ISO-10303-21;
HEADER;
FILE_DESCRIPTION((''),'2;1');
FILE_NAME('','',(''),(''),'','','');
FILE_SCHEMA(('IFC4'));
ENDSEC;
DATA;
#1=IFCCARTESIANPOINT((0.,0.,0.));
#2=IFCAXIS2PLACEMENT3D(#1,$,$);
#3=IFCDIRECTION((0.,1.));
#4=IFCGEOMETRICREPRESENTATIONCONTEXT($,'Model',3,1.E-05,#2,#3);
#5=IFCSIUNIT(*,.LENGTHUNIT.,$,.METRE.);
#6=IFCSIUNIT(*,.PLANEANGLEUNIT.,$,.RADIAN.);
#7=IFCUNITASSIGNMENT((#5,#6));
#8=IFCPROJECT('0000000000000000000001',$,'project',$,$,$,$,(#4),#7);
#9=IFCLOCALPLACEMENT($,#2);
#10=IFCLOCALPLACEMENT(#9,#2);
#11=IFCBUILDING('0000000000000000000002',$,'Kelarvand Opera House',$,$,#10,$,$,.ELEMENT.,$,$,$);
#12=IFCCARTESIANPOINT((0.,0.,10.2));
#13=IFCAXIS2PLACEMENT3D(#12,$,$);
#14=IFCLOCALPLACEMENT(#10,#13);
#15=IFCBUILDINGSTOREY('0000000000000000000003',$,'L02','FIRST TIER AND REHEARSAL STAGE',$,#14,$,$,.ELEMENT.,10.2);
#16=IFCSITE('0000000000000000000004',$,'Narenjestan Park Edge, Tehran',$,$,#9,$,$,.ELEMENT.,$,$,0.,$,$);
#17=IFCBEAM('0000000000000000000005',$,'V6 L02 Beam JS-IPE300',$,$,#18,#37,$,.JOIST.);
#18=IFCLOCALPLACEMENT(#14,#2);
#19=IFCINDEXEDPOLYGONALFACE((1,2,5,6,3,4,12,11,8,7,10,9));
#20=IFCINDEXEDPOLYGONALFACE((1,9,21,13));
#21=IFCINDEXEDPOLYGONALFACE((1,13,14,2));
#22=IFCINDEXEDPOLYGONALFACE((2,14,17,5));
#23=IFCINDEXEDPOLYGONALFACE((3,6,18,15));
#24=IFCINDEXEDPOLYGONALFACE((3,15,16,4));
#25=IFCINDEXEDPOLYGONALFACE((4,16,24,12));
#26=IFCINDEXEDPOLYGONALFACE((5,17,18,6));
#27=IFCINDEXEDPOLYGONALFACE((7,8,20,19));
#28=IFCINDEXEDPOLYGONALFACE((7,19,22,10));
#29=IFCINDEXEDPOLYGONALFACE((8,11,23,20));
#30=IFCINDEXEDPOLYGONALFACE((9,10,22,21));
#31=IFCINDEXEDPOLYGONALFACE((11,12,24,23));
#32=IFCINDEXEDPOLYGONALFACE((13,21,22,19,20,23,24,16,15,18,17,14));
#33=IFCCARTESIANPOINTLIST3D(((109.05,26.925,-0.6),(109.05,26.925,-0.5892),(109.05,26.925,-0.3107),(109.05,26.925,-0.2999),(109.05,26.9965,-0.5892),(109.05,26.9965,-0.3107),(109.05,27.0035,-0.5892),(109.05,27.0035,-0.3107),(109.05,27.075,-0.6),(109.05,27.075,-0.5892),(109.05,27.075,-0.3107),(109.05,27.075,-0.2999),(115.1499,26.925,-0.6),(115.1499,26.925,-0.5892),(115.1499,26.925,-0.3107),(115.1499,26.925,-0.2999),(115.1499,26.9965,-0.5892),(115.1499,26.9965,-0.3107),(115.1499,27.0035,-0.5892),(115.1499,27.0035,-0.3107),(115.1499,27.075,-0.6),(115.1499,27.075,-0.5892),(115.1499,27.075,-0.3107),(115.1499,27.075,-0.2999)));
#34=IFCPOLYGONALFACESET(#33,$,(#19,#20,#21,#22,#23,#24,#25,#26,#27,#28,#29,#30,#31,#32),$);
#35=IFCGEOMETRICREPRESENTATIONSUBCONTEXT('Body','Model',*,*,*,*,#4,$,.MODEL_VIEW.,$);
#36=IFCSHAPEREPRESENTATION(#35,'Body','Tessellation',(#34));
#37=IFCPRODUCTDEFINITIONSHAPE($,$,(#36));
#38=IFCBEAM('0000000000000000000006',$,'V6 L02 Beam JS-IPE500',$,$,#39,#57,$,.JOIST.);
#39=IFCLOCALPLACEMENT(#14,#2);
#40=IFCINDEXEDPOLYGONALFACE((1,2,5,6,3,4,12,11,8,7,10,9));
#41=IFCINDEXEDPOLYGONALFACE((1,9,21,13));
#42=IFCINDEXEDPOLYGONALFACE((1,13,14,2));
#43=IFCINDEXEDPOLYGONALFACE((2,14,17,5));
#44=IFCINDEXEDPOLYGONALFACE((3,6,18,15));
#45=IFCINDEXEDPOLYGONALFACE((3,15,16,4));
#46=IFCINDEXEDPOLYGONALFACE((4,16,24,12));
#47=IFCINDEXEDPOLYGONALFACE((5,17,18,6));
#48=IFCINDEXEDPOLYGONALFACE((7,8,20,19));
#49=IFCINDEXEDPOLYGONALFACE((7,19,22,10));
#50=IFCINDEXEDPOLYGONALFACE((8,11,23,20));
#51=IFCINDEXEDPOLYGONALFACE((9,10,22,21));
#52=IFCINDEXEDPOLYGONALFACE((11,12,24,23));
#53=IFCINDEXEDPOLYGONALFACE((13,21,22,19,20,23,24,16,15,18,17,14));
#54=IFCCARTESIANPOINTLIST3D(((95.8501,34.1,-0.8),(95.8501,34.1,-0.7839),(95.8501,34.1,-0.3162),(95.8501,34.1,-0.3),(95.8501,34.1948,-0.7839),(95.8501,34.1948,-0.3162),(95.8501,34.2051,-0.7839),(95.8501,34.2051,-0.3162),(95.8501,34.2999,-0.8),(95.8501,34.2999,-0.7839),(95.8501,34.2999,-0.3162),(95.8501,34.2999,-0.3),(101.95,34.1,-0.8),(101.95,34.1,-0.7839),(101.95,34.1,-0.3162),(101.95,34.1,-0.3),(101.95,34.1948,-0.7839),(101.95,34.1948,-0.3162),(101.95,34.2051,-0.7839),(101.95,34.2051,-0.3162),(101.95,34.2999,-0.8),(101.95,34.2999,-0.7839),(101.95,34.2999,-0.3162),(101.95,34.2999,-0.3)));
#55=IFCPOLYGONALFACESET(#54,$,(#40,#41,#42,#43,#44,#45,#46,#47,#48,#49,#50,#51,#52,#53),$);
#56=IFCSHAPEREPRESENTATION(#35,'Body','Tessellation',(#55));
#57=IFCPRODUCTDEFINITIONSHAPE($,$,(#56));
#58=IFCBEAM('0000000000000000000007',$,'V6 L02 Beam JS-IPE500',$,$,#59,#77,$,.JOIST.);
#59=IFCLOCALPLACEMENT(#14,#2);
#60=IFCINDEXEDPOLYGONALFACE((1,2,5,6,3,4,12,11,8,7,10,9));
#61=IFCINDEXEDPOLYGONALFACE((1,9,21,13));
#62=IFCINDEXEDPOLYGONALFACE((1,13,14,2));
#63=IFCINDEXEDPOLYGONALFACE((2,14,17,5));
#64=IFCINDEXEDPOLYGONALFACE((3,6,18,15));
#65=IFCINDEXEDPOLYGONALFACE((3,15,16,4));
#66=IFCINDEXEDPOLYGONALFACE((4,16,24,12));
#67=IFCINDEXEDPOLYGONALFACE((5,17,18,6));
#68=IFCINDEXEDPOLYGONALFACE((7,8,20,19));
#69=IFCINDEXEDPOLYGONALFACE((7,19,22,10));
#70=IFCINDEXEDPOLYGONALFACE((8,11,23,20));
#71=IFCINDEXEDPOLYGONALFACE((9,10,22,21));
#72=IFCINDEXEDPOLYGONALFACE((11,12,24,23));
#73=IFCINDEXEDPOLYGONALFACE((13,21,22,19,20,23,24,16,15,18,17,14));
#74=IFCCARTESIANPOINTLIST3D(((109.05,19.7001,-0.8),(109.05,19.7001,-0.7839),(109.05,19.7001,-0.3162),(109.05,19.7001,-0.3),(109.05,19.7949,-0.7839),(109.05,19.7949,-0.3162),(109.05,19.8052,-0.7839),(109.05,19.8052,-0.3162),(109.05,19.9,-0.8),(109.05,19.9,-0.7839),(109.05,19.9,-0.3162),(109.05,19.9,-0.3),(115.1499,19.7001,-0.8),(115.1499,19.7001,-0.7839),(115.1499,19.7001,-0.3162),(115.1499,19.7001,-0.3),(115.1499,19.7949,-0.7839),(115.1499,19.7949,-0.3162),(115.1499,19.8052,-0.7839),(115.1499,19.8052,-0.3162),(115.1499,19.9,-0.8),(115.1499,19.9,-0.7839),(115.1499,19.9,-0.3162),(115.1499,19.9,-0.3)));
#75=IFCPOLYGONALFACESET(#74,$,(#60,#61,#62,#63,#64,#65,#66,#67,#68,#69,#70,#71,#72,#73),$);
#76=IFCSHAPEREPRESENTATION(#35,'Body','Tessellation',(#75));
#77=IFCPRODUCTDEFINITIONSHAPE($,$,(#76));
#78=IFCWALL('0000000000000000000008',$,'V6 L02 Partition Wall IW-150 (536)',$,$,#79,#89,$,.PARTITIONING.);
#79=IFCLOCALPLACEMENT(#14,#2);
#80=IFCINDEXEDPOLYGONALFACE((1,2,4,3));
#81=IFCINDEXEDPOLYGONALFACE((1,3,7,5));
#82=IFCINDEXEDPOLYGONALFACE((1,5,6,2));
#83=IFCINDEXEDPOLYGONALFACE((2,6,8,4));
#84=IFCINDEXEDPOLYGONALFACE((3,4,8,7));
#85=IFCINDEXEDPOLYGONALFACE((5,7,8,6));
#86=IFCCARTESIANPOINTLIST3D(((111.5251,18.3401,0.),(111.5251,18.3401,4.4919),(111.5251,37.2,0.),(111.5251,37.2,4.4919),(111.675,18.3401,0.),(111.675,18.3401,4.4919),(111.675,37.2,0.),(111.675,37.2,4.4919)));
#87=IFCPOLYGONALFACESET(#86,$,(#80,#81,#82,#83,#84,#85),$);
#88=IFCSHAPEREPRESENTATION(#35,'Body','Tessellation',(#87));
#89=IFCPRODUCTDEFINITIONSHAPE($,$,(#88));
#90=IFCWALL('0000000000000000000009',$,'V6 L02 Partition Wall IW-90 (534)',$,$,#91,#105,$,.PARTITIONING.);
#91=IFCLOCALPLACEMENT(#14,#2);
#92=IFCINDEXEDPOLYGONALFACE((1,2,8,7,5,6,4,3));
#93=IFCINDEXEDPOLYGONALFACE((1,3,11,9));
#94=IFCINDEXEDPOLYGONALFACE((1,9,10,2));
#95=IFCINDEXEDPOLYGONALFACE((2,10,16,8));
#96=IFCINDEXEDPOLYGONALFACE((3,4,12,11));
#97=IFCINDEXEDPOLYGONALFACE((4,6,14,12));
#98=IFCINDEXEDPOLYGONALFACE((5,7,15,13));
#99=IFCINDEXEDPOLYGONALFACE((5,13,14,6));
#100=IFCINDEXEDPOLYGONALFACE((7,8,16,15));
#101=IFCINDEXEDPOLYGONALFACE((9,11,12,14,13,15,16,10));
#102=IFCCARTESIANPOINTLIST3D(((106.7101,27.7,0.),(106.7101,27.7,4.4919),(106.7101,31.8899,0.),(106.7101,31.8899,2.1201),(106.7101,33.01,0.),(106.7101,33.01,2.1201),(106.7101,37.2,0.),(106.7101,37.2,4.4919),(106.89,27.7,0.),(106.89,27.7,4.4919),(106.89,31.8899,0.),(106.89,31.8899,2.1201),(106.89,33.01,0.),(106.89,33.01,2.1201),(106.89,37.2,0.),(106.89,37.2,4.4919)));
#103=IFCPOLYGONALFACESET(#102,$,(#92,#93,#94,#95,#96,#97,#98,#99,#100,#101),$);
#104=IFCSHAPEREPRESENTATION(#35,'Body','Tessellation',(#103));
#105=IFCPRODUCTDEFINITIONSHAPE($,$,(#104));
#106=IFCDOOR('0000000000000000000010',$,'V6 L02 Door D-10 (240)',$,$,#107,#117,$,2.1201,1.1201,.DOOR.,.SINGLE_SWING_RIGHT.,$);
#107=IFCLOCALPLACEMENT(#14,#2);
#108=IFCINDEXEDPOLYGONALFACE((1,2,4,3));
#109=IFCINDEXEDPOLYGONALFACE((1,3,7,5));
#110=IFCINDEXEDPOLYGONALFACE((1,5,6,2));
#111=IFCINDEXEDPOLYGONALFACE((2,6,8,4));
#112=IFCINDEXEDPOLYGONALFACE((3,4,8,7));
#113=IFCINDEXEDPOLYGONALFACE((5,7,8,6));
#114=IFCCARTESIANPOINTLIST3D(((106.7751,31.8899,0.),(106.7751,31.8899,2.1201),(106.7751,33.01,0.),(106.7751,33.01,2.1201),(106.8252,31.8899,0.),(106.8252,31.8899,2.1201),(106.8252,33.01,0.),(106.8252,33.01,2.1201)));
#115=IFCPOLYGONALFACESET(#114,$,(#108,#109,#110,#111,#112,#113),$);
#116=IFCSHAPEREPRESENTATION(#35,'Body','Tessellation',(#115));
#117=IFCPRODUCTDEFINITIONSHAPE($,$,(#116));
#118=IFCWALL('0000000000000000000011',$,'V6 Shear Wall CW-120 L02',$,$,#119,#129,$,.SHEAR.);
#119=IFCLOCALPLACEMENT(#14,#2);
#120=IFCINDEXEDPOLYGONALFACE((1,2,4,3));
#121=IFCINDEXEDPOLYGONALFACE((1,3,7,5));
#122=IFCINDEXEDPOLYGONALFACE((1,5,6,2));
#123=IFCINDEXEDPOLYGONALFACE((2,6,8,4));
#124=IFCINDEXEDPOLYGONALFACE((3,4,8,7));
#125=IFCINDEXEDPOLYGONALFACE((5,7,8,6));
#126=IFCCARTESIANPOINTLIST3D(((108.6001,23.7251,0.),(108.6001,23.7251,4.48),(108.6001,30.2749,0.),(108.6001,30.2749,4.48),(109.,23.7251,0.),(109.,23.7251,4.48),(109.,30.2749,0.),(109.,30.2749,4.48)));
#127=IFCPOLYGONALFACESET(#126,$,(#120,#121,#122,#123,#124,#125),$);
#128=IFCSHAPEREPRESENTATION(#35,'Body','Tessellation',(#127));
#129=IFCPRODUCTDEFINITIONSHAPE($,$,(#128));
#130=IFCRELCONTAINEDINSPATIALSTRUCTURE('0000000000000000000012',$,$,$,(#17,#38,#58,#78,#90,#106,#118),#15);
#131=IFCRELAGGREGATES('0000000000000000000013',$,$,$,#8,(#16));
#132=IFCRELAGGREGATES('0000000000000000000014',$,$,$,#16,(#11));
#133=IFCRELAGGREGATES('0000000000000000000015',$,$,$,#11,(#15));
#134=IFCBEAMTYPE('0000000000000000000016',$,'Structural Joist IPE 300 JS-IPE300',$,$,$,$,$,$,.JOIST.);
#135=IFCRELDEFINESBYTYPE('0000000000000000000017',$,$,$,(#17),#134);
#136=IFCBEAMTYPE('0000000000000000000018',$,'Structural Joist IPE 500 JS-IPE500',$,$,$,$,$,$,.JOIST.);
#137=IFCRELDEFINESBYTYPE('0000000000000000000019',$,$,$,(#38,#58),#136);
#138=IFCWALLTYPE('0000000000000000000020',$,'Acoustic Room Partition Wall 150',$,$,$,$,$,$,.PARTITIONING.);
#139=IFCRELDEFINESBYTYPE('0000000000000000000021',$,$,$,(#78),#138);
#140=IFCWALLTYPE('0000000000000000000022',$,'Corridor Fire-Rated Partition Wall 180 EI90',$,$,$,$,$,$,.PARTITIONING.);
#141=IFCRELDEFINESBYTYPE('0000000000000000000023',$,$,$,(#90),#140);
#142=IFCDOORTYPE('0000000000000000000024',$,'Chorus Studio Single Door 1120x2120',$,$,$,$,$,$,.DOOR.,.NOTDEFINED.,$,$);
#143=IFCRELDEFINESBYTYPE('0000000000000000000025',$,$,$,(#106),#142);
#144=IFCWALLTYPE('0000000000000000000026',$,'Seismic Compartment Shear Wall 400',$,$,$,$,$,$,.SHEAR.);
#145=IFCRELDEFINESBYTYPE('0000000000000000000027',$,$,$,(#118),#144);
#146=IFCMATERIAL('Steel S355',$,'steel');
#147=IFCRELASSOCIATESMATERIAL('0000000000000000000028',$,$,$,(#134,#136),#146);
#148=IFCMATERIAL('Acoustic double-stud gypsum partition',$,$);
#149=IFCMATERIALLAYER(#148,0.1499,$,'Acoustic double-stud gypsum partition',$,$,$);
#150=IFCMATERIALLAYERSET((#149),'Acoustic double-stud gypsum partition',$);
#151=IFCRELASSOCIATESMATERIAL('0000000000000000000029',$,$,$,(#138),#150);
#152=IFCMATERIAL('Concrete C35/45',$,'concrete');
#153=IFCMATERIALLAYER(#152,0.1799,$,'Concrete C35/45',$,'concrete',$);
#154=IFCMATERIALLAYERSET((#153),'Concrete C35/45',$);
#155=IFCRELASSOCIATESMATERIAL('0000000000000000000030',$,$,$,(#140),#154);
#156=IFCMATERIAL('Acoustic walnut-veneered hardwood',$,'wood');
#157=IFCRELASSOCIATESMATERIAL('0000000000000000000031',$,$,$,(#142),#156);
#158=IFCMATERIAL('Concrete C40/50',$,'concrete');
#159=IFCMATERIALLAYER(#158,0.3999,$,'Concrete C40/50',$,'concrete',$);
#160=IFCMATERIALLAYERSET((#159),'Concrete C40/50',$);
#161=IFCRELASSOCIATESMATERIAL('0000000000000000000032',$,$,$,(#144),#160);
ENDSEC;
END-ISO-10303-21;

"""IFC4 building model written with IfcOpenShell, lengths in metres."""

from ifc_helpers import new_model, si_unit, direction, frame, frame_2d, origin, origin_2d, place, context, subcontext, project, spatial, rectangle, i_section, extrude, material, layer, layer_set, material_profile, profile_set, type_object, element, fill, save


model = new_model("IFC4")

# Units and contexts
model_context = context("Model", 3, precision=1e-05, world=origin(), true_north=direction((0.0, 1.0)))
body_context = subcontext(model_context, "Body", "Model", "MODEL_VIEW")
ifc_project = project(units=[si_unit("LENGTHUNIT", "METRE"), si_unit("PLANEANGLEUNIT", "RADIAN")], contexts=[model_context])

# Site, building, storey
site_placement = place(None, origin())
site = spatial("IfcSite", under=ifc_project, at=site_placement, Name="Narenjestan Park Edge, Tehran", CompositionType="ELEMENT", RefElevation=0.0)
building_placement = place(site_placement, origin())
building = spatial("IfcBuilding", under=site, at=building_placement, Name="Kelarvand Opera House", CompositionType="ELEMENT")
storey_placement = place(building_placement, frame((0.0, 0.0, 10.2)))
storey = spatial("IfcBuildingStorey", under=building, at=storey_placement, Name="L02", Description="FIRST TIER AND REHEARSAL STAGE", CompositionType="ELEMENT", Elevation=10.2)

# Shared definitions
ifc_material_1 = material(Name="Concrete C40/50", Category="concrete")

# Beams
ifc_material_2 = material(Name="Steel S355", Category="steel")
ifc_material_profile_1 = material_profile(ifc_material_2, i_section(OverallWidth=0.1499, OverallDepth=0.3, WebThickness=0.0071, FlangeThickness=0.0107, at=origin_2d()), Name="IPE 300", Category="steel")
ifc_profile_set_1 = profile_set([ifc_material_profile_1], Name="Steel S355")
beam_type_1 = type_object("IfcBeamType", Name="Structural Joist IPE 300 JS-IPE300", PredefinedType="JOIST", material=ifc_profile_set_1)
beam_1_placement = place(storey_placement, frame((109.05, 27.0, -0.45), z_axis=(1.0, 0.0, 0.0), x_axis=(0.0, 1.0, 0.0)))
element("IfcBeam", 1, at=beam_1_placement, inside=storey, type_object=beam_type_1, Name="V6 L02 Beam JS-IPE300", PredefinedType="JOIST", context=body_context, shape_type="SweptSolid", body=[
    extrude(i_section(OverallWidth=0.1499, OverallDepth=0.3, WebThickness=0.0071, FlangeThickness=0.0107, at=origin_2d()), origin(), (0.0, 0.0, 1.0), 6.0999),
])
ifc_material_profile_2 = material_profile(ifc_material_2, i_section(OverallWidth=0.2, OverallDepth=0.5, WebThickness=0.0103, FlangeThickness=0.0161, at=origin_2d()), Name="IPE 500", Category="steel")
ifc_profile_set_2 = profile_set([ifc_material_profile_2], Name="Steel S355")
beam_type_2 = type_object("IfcBeamType", Name="Structural Joist IPE 500 JS-IPE500", PredefinedType="JOIST", material=ifc_profile_set_2)
for number, where, z_axis, x_axis, name in (
    (2, (95.8501, 34.2, -0.55), (1.0, 0.0, 0.0), (0.0, 1.0, 0.0), "V6 L02 Beam JS-IPE500"),
    (3, (109.05, 19.8, -0.55), (1.0, 0.0, 0.0), (0.0, 1.0, 0.0), "V6 L02 Beam JS-IPE500"),
):
    element("IfcBeam", number, at=place(storey_placement, frame(where, z_axis=z_axis, x_axis=x_axis)), inside=storey, type_object=beam_type_2, Name=name, PredefinedType="JOIST", context=body_context, shape_type="SweptSolid", body=[
        extrude(i_section(OverallWidth=0.2, OverallDepth=0.5, WebThickness=0.0103, FlangeThickness=0.0161, at=origin_2d()), origin(), (0.0, 0.0, 1.0), 6.0999),
    ])

# Wall
ifc_material_3 = material(Name="Acoustic double-stud gypsum partition")
ifc_layer_1 = layer(ifc_material_3, 0.1499, Name="Acoustic double-stud gypsum partition")
ifc_layer_set_1 = layer_set([ifc_layer_1], Name="Acoustic double-stud gypsum partition")
wall_type_1 = type_object("IfcWallType", Name="Acoustic Room Partition Wall 150", PredefinedType="PARTITIONING", material=ifc_layer_set_1)
wall_1_placement = place(storey_placement, frame((111.6001, 18.3401, 0.0), z_axis=(0.0, 0.0, 1.0), x_axis=(0.0, 1.0, 0.0)))
element("IfcWall", 4, at=wall_1_placement, inside=storey, type_object=wall_type_1, Name="V6 L02 Partition Wall IW-150 (536)", PredefinedType="PARTITIONING", context=body_context, shape_type="SweptSolid", body=[
    extrude(rectangle(XDim=18.8599, YDim=0.1499, at=frame_2d((9.4299, 0.0))), origin(), (0.0, 0.0, 1.0), 4.4919),
])

# Wall, opening, door
ifc_material_4 = material(Name="Concrete C35/45", Category="concrete")
ifc_layer_2 = layer(ifc_material_4, 0.1799, Name="Concrete C35/45", Category="concrete")
ifc_layer_set_2 = layer_set([ifc_layer_2], Name="Concrete C35/45")
wall_type_2 = type_object("IfcWallType", Name="Corridor Fire-Rated Partition Wall 180 EI90", PredefinedType="PARTITIONING", material=ifc_layer_set_2)
wall_2_placement = place(storey_placement, frame((106.8, 27.7, 0.0), z_axis=(0.0, 0.0, 1.0), x_axis=(0.0, 1.0, 0.0)))
wall_2 = element("IfcWall", 5, at=wall_2_placement, inside=storey, type_object=wall_type_2, Name="V6 L02 Partition Wall IW-90 (534)", PredefinedType="PARTITIONING", context=body_context, shape_type="SweptSolid", body=[
    extrude(rectangle(XDim=9.5, YDim=0.1799, at=frame_2d((4.75, 0.0))), origin(), (0.0, 0.0, 1.0), 4.4919),
])
opening_placement = place(wall_2_placement, frame((4.1899, 0.0, 0.0)))
opening = element("IfcOpeningElement", 6, at=opening_placement, cuts=wall_2, PredefinedType="OPENING", context=body_context, shape_type="SweptSolid", body=[
    extrude(rectangle(XDim=1.1201, YDim=2.1201, at=frame_2d((0.5601, 1.0601))), frame((0.0, 0.1001, 0.0), z_axis=(0.0, -1.0, 0.0), x_axis=(1.0, 0.0, 0.0)), (0.0, 0.0, 1.0), 0.2),
])
ifc_material_5 = material(Name="Acoustic walnut-veneered hardwood", Category="wood")
door_type = type_object("IfcDoorType", Name="Chorus Studio Single Door 1120x2120", OperationType="NOTDEFINED", PredefinedType="DOOR", material=ifc_material_5)
door_placement = place(opening_placement, origin())
door = element("IfcDoor", 7, at=door_placement, inside=storey, type_object=door_type, Name="V6 L02 Door D-10 (240)", OperationType="SINGLE_SWING_RIGHT", OverallHeight=2.1201, OverallWidth=1.1201, PredefinedType="DOOR", context=body_context, shape_type="SweptSolid", body=[
    extrude(rectangle(XDim=1.1201, YDim=2.1201, at=frame_2d((0.5601, 1.0601))), frame((0.0, 0.0249, 0.0), z_axis=(0.0, -1.0, 0.0), x_axis=(1.0, 0.0, 0.0)), (0.0, 0.0, 1.0), 0.05),
])
fill(opening, door)

# Wall
ifc_layer_3 = layer(ifc_material_1, 0.3999, Name="Concrete C40/50", Category="concrete")
ifc_layer_set_3 = layer_set([ifc_layer_3], Name="Concrete C40/50")
wall_type_3 = type_object("IfcWallType", Name="Seismic Compartment Shear Wall 400", PredefinedType="SHEAR", material=ifc_layer_set_3)
wall_3_placement = place(storey_placement, frame((108.8, 23.7251, 0.0), z_axis=(0.0, 0.0, 1.0), x_axis=(0.0, 1.0, 0.0)))
element("IfcWall", 8, at=wall_3_placement, inside=storey, type_object=wall_type_3, Name="V6 Shear Wall CW-120 L02", PredefinedType="SHEAR", context=body_context, shape_type="SweptSolid", body=[
    extrude(rectangle(XDim=6.5498, YDim=0.3999, at=frame_2d((3.2749, 0.0))), origin(), (0.0, 0.0, 1.0), 4.48),
])

save(model, "model.ifc")
